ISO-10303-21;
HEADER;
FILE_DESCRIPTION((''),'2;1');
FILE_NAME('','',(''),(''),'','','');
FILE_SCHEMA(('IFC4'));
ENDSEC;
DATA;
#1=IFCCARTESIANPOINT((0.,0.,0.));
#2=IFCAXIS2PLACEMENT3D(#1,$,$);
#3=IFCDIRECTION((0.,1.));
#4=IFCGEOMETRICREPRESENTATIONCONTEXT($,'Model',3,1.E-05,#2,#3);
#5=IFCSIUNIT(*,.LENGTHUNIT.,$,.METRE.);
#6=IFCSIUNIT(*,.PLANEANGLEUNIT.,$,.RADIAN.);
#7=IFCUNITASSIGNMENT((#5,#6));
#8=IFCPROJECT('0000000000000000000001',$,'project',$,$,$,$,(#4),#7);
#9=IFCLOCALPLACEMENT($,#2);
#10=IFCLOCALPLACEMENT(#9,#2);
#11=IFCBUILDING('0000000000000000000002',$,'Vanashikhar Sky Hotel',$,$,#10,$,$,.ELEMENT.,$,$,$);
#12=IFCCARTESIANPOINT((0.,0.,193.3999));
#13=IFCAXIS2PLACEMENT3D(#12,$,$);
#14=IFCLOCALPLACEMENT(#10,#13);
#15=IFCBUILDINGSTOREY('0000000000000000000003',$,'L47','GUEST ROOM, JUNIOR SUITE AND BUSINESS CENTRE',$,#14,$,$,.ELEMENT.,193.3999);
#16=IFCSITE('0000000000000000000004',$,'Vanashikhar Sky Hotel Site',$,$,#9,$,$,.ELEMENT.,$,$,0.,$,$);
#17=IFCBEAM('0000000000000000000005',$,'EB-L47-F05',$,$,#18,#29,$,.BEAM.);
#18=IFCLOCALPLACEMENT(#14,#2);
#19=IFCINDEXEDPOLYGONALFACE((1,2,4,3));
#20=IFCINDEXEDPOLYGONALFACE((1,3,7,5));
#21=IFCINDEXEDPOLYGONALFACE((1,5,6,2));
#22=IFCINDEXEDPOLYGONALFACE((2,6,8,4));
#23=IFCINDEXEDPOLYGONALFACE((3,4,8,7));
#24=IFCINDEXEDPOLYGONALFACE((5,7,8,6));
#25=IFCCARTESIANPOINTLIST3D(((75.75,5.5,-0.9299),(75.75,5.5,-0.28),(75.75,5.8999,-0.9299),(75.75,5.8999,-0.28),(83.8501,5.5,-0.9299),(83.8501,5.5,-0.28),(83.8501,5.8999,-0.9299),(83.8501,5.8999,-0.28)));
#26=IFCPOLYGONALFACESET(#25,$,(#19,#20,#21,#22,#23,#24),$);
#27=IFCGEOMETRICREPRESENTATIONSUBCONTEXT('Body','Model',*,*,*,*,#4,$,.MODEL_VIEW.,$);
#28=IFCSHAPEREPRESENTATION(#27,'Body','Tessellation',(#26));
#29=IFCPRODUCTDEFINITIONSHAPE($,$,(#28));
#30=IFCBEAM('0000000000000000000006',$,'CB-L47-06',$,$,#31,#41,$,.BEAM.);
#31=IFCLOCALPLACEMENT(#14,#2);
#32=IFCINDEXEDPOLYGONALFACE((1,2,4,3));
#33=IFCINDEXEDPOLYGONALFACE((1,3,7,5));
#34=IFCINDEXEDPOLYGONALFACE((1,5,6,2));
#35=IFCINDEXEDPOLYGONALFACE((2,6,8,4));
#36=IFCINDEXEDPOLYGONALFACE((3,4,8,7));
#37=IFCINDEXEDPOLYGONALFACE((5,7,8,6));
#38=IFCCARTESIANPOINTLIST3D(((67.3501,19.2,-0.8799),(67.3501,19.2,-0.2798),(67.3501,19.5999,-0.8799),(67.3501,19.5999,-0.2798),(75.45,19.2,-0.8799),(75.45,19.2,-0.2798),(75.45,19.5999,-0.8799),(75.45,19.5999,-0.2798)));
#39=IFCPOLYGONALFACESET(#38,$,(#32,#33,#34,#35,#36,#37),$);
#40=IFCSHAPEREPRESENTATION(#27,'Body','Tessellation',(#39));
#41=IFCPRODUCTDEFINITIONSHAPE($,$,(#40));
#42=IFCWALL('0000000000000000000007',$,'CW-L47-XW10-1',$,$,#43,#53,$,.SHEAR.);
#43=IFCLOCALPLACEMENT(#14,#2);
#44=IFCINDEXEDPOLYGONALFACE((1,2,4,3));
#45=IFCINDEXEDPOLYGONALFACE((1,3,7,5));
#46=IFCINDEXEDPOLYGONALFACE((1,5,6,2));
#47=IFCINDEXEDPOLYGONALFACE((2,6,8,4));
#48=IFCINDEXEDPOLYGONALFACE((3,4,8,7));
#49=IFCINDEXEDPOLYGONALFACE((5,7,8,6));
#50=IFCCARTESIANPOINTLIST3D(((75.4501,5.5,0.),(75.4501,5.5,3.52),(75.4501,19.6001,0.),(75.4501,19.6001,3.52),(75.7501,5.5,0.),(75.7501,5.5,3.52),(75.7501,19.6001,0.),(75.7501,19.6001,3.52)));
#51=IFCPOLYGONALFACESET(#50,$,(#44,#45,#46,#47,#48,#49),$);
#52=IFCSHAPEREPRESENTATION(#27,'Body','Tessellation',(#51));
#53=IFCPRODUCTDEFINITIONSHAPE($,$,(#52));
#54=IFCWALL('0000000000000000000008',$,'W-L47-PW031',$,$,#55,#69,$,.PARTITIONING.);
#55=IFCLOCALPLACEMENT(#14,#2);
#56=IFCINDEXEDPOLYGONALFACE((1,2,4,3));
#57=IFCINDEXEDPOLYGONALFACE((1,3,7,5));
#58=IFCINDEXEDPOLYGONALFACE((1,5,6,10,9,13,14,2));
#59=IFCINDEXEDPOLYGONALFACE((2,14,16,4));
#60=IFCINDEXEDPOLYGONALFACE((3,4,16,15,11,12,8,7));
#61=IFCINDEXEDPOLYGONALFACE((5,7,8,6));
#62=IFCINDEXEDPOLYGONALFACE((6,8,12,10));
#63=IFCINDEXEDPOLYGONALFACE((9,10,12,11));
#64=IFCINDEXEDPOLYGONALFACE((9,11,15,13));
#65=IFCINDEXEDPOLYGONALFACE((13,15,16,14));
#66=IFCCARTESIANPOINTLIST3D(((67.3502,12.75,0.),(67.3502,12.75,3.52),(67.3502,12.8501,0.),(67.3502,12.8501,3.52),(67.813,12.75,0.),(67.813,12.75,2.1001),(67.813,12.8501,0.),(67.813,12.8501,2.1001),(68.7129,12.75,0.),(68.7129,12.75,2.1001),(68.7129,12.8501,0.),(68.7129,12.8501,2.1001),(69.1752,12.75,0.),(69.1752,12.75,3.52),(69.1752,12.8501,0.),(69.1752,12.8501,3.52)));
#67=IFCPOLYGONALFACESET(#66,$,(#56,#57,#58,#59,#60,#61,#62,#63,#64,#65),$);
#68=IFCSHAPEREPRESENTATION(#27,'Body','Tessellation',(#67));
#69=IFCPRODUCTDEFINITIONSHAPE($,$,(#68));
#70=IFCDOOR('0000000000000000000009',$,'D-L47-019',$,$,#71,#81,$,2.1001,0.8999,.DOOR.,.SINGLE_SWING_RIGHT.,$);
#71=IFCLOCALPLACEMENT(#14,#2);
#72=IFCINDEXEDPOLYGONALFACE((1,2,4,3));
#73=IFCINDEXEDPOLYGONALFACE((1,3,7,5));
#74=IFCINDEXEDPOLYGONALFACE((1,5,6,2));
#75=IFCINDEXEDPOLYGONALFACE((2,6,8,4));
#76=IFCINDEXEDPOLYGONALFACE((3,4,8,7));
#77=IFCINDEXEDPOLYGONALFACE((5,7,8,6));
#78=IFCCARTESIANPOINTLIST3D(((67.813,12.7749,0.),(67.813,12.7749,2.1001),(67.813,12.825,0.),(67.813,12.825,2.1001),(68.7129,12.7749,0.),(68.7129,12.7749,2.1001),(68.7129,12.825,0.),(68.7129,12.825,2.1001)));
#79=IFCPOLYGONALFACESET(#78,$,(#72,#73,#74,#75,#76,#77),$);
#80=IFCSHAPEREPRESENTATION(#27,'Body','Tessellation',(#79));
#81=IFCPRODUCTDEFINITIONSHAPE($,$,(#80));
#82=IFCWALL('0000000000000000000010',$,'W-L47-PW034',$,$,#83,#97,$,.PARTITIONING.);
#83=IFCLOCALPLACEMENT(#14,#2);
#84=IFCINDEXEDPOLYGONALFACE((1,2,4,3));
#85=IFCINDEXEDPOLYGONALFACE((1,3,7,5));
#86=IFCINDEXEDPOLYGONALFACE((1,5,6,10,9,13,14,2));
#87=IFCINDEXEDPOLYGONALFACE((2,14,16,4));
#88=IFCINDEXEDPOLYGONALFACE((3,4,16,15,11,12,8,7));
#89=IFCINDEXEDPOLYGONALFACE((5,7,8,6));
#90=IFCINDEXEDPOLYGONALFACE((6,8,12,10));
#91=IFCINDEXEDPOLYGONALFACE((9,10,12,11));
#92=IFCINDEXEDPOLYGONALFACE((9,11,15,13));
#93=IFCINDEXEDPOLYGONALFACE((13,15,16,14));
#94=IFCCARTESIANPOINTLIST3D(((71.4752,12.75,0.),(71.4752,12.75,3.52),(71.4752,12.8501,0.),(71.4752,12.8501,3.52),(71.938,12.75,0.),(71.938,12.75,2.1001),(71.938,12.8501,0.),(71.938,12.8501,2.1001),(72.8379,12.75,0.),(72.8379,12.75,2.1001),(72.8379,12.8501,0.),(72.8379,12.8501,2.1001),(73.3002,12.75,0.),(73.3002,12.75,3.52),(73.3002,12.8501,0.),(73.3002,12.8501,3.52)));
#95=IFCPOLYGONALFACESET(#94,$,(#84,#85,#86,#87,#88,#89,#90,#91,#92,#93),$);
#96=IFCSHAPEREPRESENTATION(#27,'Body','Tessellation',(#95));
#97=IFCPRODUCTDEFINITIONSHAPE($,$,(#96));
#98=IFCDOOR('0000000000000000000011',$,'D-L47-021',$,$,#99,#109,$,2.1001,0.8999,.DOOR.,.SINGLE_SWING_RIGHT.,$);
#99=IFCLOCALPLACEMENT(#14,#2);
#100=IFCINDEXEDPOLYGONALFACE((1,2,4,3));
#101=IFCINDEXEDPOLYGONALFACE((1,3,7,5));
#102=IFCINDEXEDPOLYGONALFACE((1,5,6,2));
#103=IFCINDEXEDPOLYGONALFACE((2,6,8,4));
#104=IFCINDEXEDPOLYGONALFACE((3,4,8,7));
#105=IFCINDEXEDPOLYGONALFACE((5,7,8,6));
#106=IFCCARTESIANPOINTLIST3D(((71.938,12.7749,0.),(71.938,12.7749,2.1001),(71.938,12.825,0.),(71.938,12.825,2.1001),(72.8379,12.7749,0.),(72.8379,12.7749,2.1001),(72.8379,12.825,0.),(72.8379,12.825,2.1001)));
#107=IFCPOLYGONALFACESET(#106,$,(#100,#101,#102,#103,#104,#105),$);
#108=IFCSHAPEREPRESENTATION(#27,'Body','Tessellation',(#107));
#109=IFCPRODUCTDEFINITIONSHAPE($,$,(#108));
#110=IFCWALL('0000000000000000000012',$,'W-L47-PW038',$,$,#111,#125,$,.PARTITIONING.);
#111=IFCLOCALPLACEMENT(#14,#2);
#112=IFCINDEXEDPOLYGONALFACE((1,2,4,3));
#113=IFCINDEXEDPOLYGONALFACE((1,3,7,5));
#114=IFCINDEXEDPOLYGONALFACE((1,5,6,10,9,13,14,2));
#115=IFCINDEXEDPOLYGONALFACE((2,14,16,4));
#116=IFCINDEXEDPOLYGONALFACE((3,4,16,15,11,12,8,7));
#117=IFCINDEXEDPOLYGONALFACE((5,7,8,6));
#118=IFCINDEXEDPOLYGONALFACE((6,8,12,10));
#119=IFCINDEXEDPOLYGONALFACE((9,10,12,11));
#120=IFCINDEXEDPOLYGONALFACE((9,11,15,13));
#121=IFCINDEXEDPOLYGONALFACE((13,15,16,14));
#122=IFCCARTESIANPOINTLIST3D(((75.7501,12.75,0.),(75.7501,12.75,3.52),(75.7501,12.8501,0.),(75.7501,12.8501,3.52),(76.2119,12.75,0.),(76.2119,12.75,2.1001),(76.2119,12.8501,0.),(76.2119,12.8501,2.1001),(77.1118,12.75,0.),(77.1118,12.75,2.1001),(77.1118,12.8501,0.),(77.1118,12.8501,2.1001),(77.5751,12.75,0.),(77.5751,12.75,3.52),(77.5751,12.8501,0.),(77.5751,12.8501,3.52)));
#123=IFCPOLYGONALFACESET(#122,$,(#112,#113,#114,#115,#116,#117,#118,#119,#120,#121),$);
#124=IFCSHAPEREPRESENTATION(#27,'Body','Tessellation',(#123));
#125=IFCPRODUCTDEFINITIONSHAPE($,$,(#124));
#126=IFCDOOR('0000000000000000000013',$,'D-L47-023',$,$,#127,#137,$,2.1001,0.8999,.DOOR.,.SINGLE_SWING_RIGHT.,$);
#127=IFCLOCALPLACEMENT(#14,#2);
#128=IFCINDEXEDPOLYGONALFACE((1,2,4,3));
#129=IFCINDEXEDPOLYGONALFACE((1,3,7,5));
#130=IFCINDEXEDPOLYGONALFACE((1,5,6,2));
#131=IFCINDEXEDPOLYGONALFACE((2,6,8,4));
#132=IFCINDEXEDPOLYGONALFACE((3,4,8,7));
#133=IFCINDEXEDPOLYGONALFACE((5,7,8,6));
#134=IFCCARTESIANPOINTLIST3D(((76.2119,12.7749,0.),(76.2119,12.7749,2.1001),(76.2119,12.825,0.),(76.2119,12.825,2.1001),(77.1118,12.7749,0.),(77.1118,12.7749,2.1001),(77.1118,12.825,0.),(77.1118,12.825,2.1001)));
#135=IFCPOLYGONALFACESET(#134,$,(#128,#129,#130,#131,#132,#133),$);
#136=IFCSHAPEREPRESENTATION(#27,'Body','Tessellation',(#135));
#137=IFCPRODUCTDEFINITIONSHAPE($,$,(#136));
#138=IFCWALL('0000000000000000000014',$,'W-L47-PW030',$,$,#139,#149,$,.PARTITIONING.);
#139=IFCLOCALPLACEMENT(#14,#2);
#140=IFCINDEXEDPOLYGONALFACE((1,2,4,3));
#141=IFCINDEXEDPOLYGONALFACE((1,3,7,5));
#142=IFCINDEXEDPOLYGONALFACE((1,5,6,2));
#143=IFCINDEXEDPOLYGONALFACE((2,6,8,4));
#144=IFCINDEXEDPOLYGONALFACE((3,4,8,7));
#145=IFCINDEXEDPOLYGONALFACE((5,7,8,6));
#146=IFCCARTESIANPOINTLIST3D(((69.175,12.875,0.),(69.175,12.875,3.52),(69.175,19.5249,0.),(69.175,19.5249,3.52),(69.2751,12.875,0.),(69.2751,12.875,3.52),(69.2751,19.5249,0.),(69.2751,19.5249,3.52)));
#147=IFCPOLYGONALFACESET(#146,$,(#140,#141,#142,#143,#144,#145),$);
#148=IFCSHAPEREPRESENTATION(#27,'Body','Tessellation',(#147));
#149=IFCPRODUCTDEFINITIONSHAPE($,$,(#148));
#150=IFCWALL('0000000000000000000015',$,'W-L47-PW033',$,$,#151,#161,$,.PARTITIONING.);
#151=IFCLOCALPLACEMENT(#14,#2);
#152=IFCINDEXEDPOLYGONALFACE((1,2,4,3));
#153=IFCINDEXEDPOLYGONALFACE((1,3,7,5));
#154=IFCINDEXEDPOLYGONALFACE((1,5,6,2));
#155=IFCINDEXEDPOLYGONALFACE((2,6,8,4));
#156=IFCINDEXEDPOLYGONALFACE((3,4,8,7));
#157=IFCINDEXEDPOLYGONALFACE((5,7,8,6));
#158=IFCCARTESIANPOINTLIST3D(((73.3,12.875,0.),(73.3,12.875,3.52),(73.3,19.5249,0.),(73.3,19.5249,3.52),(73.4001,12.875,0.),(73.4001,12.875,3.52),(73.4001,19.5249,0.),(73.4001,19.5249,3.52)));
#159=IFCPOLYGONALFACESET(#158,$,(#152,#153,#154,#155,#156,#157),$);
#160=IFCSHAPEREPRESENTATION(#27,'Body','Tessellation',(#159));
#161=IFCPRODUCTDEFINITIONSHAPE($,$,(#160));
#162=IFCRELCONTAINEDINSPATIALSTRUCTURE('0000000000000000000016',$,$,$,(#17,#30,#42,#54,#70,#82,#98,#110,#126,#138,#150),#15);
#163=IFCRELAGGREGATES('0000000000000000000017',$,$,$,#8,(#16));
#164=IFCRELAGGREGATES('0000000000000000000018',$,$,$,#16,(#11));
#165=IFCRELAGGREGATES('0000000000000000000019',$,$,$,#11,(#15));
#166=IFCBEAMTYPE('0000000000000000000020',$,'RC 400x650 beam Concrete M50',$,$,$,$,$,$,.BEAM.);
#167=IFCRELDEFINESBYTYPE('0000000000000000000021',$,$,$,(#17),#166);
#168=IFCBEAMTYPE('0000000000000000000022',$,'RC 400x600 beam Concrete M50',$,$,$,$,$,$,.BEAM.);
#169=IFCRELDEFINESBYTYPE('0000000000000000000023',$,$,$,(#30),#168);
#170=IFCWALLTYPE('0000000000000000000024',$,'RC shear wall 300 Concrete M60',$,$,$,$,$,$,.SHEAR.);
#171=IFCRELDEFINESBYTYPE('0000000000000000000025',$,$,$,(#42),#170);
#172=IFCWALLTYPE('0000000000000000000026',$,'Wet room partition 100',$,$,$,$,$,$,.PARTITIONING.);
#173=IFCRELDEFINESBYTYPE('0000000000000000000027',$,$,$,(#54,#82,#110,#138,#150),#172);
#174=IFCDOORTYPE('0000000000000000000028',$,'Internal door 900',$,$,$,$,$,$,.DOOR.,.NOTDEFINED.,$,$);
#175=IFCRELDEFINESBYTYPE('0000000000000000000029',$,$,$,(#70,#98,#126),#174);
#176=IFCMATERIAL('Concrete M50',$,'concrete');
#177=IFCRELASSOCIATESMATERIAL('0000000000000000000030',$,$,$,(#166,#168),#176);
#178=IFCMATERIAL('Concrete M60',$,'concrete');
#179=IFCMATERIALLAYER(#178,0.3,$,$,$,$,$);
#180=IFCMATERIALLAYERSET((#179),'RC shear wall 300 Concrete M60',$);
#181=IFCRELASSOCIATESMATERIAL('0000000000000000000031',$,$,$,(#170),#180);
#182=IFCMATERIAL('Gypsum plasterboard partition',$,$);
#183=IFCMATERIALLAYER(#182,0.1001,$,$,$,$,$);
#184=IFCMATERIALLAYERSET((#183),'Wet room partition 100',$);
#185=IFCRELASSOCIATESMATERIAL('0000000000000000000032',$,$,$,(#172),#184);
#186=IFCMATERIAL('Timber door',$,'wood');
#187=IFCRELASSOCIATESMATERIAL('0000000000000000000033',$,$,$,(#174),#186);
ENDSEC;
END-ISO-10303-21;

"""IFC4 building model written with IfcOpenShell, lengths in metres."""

from ifc_helpers import new_model, si_unit, direction, frame, frame_2d, origin, origin_2d, place, context, subcontext, project, spatial, rectangle, extrude, source, transform, mapped, material, layer, layer_set, material_profile, profile_set, type_object, element, fill, save


model = new_model("IFC4")

# Units and contexts
model_context = context("Model", 3, precision=1e-05, world=origin(), true_north=direction((0.0, 1.0)))
body_context = subcontext(model_context, "Body", "Model", "MODEL_VIEW")
ifc_project = project(units=[si_unit("LENGTHUNIT", "METRE"), si_unit("PLANEANGLEUNIT", "RADIAN")], contexts=[model_context])

# Site, building, storey
site_placement = place(None, origin())
site = spatial("IfcSite", under=ifc_project, at=site_placement, Name="Vanashikhar Sky Hotel Site", CompositionType="ELEMENT", RefElevation=0.0)
building_placement = place(site_placement, origin())
building = spatial("IfcBuilding", under=site, at=building_placement, Name="Vanashikhar Sky Hotel", CompositionType="ELEMENT")
storey_placement = place(building_placement, frame((0.0, 0.0, 193.3999)))
storey = spatial("IfcBuildingStorey", under=building, at=storey_placement, Name="L47", Description="GUEST ROOM, JUNIOR SUITE AND BUSINESS CENTRE", CompositionType="ELEMENT", Elevation=193.3999)

# Beams
ifc_material_1 = material(Name="Concrete M50", Category="concrete")
ifc_material_profile_1 = material_profile(ifc_material_1, rectangle(XDim=0.3999, YDim=0.6499, at=origin_2d()))
ifc_profile_set_1 = profile_set([ifc_material_profile_1], Name="RC 400x650 beam Concrete M50")
beam_type_1 = type_object("IfcBeamType", Name="RC 400x650 beam Concrete M50", PredefinedType="BEAM", material=ifc_profile_set_1)
shared_shape_1 = source(origin(), body_context, "Body", "SweptSolid", [
    extrude(rectangle(XDim=0.3999, YDim=0.6499, at=origin_2d()), origin(), (0.0, 0.0, 1.0), 8.1001),
])
beam_1_placement = place(storey_placement, frame((75.75, 5.7, -0.605), z_axis=(1.0, 0.0, 0.0), x_axis=(0.0, 1.0, 0.0)))
element("IfcBeam", 1, at=beam_1_placement, inside=storey, type_object=beam_type_1, Name="EB-L47-F05", PredefinedType="BEAM", context=body_context, shape_type="MappedRepresentation", body=[
    mapped(shared_shape_1, transform((0.0, 0.0, 0.0), scale=1.0)),
])
ifc_material_profile_2 = material_profile(ifc_material_1, rectangle(XDim=0.3999, YDim=0.6001, at=origin_2d()))
ifc_profile_set_2 = profile_set([ifc_material_profile_2], Name="RC 400x600 beam Concrete M50")
beam_type_2 = type_object("IfcBeamType", Name="RC 400x600 beam Concrete M50", PredefinedType="BEAM", material=ifc_profile_set_2)
shared_shape_2 = source(origin(), body_context, "Body", "SweptSolid", [
    extrude(rectangle(XDim=0.3999, YDim=0.6001, at=origin_2d()), origin(), (0.0, 0.0, 1.0), 8.0999),
])
beam_2_placement = place(storey_placement, frame((67.3501, 19.3999, -0.5798), z_axis=(1.0, 0.0, 0.0), x_axis=(0.0, 1.0, 0.0)))
element("IfcBeam", 2, at=beam_2_placement, inside=storey, type_object=beam_type_2, Name="CB-L47-06", PredefinedType="BEAM", context=body_context, shape_type="MappedRepresentation", body=[
    mapped(shared_shape_2, transform((0.0, 0.0, 0.0), scale=1.0)),
])

# Wall
ifc_material_2 = material(Name="Concrete M60", Category="concrete")
ifc_layer_1 = layer(ifc_material_2, 0.3)
ifc_layer_set_1 = layer_set([ifc_layer_1], Name="RC shear wall 300 Concrete M60")
wall_type_1 = type_object("IfcWallType", Name="RC shear wall 300 Concrete M60", PredefinedType="SHEAR", material=ifc_layer_set_1)
shared_shape_3 = source(origin(), body_context, "Body", "SweptSolid", [
    extrude(rectangle(XDim=14.1001, YDim=0.3, at=frame_2d((7.05, 0.0))), origin(), (0.0, 0.0, 1.0), 3.52),
])
wall_1_placement = place(storey_placement, frame((75.6001, 5.5, 0.0), z_axis=(0.0, 0.0, 1.0), x_axis=(0.0, 1.0, 0.0)))
element("IfcWall", 3, at=wall_1_placement, inside=storey, type_object=wall_type_1, Name="CW-L47-XW10-1", PredefinedType="SHEAR", context=body_context, shape_type="MappedRepresentation", body=[
    mapped(shared_shape_3, transform((0.0, 0.0, 0.0), scale=1.0)),
])

# Walls, openings, doors
ifc_material_3 = material(Name="Gypsum plasterboard partition")
ifc_layer_2 = layer(ifc_material_3, 0.1001)
ifc_layer_set_2 = layer_set([ifc_layer_2], Name="Wet room partition 100")
wall_type_2 = type_object("IfcWallType", Name="Wet room partition 100", PredefinedType="PARTITIONING", material=ifc_layer_set_2)
shared_shape_4 = source(origin(), body_context, "Body", "SweptSolid", [
    extrude(rectangle(XDim=1.825, YDim=0.1001, at=frame_2d((0.9126, 0.0))), origin(), (0.0, 0.0, 1.0), 3.52),
])
wall_2_placement = place(storey_placement, frame((67.3501, 12.8, 0.0), z_axis=(0.0, 0.0, 1.0), x_axis=(1.0, 0.0, 0.0)))
wall_2 = element("IfcWall", 4, at=wall_2_placement, inside=storey, type_object=wall_type_2, Name="W-L47-PW031", PredefinedType="PARTITIONING", context=body_context, shape_type="MappedRepresentation", body=[
    mapped(shared_shape_4, transform((0.0, 0.0, 0.0), scale=1.0)),
])
shared_shape_5 = source(origin(), body_context, "Body", "SweptSolid", [
    extrude(rectangle(XDim=0.8999, YDim=2.1001, at=frame_2d((0.45, 1.05))), frame((0.0, 0.0601, 0.0), z_axis=(0.0, -1.0, 0.0), x_axis=(1.0, 0.0, 0.0)), (0.0, 0.0, 1.0), 0.1201),
])
opening_1_placement = place(wall_2_placement, frame((0.4629, 0.0, 0.0)))
opening_1 = element("IfcOpeningElement", 5, at=opening_1_placement, cuts=wall_2, PredefinedType="OPENING", context=body_context, shape_type="MappedRepresentation", body=[
    mapped(shared_shape_5, transform((0.0, 0.0, 0.0), scale=1.0)),
])
ifc_material_4 = material(Name="Timber door", Category="wood")
door_type_1 = type_object("IfcDoorType", Name="Internal door 900", OperationType="NOTDEFINED", PredefinedType="DOOR", material=ifc_material_4)
shared_shape_6 = source(origin(), body_context, "Body", "SweptSolid", [
    extrude(rectangle(XDim=0.8999, YDim=2.1001, at=frame_2d((0.45, 1.05))), frame((0.0, 0.0249, 0.0), z_axis=(0.0, -1.0, 0.0), x_axis=(1.0, 0.0, 0.0)), (0.0, 0.0, 1.0), 0.05),
])
door_1_placement = place(opening_1_placement, origin())
door_1 = element("IfcDoor", 6, at=door_1_placement, inside=storey, type_object=door_type_1, Name="D-L47-019", OperationType="SINGLE_SWING_RIGHT", OverallHeight=2.1001, OverallWidth=0.8999, PredefinedType="DOOR", context=body_context, shape_type="MappedRepresentation", body=[
    mapped(shared_shape_6, transform((0.0, 0.0, 0.0), scale=1.0)),
])
fill(opening_1, door_1)
wall_3_placement = place(storey_placement, frame((71.4751, 12.8, 0.0), z_axis=(0.0, 0.0, 1.0), x_axis=(1.0, 0.0, 0.0)))
wall_3 = element("IfcWall", 7, at=wall_3_placement, inside=storey, type_object=wall_type_2, Name="W-L47-PW034", PredefinedType="PARTITIONING", context=body_context, shape_type="MappedRepresentation", body=[
    mapped(shared_shape_4, transform((0.0, 0.0, 0.0), scale=1.0)),
])
opening_2_placement = place(wall_3_placement, frame((0.4629, 0.0, 0.0)))
opening_2 = element("IfcOpeningElement", 8, at=opening_2_placement, cuts=wall_3, PredefinedType="OPENING", context=body_context, shape_type="MappedRepresentation", body=[
    mapped(shared_shape_5, transform((0.0, 0.0, 0.0), scale=1.0)),
])
door_2_placement = place(opening_2_placement, origin())
door_2 = element("IfcDoor", 9, at=door_2_placement, inside=storey, type_object=door_type_1, Name="D-L47-021", OperationType="SINGLE_SWING_RIGHT", OverallHeight=2.1001, OverallWidth=0.8999, PredefinedType="DOOR", context=body_context, shape_type="MappedRepresentation", body=[
    mapped(shared_shape_6, transform((0.0, 0.0, 0.0), scale=1.0)),
])
fill(opening_2, door_2)
wall_4_placement = place(storey_placement, frame((75.75, 12.8, 0.0), z_axis=(0.0, 0.0, 1.0), x_axis=(1.0, 0.0, 0.0)))
wall_4 = element("IfcWall", 10, at=wall_4_placement, inside=storey, type_object=wall_type_2, Name="W-L47-PW038", PredefinedType="PARTITIONING", context=body_context, shape_type="MappedRepresentation", body=[
    mapped(shared_shape_4, transform((0.0, 0.0, 0.0), scale=1.0)),
])
opening_3_placement = place(wall_4_placement, frame((0.4619, 0.0, 0.0)))
opening_3 = element("IfcOpeningElement", 11, at=opening_3_placement, cuts=wall_4, PredefinedType="OPENING", context=body_context, shape_type="MappedRepresentation", body=[
    mapped(shared_shape_5, transform((0.0, 0.0, 0.0), scale=1.0)),
])
door_3_placement = place(opening_3_placement, origin())
door_3 = element("IfcDoor", 12, at=door_3_placement, inside=storey, type_object=door_type_1, Name="D-L47-023", OperationType="SINGLE_SWING_RIGHT", OverallHeight=2.1001, OverallWidth=0.8999, PredefinedType="DOOR", context=body_context, shape_type="MappedRepresentation", body=[
    mapped(shared_shape_6, transform((0.0, 0.0, 0.0), scale=1.0)),
])
fill(opening_3, door_3)

# Walls
shared_shape_7 = source(origin(), body_context, "Body", "SweptSolid", [
    extrude(rectangle(XDim=6.6499, YDim=0.1001, at=frame_2d((3.325, 0.0))), origin(), (0.0, 0.0, 1.0), 3.52),
])
for number, where, z_axis, x_axis, name in (
    (13, (69.2251, 12.875, 0.0), (0.0, 0.0, 1.0), (0.0, 1.0, 0.0), "W-L47-PW030"),
    (14, (73.3501, 12.875, 0.0), (0.0, 0.0, 1.0), (0.0, 1.0, 0.0), "W-L47-PW033"),
):
    element("IfcWall", number, at=place(storey_placement, frame(where, z_axis=z_axis, x_axis=x_axis)), inside=storey, type_object=wall_type_2, Name=name, PredefinedType="PARTITIONING", context=body_context, shape_type="MappedRepresentation", body=[
        mapped(shared_shape_7, transform((0.0, 0.0, 0.0), scale=1.0)),
    ])

save(model, "model.ifc")
